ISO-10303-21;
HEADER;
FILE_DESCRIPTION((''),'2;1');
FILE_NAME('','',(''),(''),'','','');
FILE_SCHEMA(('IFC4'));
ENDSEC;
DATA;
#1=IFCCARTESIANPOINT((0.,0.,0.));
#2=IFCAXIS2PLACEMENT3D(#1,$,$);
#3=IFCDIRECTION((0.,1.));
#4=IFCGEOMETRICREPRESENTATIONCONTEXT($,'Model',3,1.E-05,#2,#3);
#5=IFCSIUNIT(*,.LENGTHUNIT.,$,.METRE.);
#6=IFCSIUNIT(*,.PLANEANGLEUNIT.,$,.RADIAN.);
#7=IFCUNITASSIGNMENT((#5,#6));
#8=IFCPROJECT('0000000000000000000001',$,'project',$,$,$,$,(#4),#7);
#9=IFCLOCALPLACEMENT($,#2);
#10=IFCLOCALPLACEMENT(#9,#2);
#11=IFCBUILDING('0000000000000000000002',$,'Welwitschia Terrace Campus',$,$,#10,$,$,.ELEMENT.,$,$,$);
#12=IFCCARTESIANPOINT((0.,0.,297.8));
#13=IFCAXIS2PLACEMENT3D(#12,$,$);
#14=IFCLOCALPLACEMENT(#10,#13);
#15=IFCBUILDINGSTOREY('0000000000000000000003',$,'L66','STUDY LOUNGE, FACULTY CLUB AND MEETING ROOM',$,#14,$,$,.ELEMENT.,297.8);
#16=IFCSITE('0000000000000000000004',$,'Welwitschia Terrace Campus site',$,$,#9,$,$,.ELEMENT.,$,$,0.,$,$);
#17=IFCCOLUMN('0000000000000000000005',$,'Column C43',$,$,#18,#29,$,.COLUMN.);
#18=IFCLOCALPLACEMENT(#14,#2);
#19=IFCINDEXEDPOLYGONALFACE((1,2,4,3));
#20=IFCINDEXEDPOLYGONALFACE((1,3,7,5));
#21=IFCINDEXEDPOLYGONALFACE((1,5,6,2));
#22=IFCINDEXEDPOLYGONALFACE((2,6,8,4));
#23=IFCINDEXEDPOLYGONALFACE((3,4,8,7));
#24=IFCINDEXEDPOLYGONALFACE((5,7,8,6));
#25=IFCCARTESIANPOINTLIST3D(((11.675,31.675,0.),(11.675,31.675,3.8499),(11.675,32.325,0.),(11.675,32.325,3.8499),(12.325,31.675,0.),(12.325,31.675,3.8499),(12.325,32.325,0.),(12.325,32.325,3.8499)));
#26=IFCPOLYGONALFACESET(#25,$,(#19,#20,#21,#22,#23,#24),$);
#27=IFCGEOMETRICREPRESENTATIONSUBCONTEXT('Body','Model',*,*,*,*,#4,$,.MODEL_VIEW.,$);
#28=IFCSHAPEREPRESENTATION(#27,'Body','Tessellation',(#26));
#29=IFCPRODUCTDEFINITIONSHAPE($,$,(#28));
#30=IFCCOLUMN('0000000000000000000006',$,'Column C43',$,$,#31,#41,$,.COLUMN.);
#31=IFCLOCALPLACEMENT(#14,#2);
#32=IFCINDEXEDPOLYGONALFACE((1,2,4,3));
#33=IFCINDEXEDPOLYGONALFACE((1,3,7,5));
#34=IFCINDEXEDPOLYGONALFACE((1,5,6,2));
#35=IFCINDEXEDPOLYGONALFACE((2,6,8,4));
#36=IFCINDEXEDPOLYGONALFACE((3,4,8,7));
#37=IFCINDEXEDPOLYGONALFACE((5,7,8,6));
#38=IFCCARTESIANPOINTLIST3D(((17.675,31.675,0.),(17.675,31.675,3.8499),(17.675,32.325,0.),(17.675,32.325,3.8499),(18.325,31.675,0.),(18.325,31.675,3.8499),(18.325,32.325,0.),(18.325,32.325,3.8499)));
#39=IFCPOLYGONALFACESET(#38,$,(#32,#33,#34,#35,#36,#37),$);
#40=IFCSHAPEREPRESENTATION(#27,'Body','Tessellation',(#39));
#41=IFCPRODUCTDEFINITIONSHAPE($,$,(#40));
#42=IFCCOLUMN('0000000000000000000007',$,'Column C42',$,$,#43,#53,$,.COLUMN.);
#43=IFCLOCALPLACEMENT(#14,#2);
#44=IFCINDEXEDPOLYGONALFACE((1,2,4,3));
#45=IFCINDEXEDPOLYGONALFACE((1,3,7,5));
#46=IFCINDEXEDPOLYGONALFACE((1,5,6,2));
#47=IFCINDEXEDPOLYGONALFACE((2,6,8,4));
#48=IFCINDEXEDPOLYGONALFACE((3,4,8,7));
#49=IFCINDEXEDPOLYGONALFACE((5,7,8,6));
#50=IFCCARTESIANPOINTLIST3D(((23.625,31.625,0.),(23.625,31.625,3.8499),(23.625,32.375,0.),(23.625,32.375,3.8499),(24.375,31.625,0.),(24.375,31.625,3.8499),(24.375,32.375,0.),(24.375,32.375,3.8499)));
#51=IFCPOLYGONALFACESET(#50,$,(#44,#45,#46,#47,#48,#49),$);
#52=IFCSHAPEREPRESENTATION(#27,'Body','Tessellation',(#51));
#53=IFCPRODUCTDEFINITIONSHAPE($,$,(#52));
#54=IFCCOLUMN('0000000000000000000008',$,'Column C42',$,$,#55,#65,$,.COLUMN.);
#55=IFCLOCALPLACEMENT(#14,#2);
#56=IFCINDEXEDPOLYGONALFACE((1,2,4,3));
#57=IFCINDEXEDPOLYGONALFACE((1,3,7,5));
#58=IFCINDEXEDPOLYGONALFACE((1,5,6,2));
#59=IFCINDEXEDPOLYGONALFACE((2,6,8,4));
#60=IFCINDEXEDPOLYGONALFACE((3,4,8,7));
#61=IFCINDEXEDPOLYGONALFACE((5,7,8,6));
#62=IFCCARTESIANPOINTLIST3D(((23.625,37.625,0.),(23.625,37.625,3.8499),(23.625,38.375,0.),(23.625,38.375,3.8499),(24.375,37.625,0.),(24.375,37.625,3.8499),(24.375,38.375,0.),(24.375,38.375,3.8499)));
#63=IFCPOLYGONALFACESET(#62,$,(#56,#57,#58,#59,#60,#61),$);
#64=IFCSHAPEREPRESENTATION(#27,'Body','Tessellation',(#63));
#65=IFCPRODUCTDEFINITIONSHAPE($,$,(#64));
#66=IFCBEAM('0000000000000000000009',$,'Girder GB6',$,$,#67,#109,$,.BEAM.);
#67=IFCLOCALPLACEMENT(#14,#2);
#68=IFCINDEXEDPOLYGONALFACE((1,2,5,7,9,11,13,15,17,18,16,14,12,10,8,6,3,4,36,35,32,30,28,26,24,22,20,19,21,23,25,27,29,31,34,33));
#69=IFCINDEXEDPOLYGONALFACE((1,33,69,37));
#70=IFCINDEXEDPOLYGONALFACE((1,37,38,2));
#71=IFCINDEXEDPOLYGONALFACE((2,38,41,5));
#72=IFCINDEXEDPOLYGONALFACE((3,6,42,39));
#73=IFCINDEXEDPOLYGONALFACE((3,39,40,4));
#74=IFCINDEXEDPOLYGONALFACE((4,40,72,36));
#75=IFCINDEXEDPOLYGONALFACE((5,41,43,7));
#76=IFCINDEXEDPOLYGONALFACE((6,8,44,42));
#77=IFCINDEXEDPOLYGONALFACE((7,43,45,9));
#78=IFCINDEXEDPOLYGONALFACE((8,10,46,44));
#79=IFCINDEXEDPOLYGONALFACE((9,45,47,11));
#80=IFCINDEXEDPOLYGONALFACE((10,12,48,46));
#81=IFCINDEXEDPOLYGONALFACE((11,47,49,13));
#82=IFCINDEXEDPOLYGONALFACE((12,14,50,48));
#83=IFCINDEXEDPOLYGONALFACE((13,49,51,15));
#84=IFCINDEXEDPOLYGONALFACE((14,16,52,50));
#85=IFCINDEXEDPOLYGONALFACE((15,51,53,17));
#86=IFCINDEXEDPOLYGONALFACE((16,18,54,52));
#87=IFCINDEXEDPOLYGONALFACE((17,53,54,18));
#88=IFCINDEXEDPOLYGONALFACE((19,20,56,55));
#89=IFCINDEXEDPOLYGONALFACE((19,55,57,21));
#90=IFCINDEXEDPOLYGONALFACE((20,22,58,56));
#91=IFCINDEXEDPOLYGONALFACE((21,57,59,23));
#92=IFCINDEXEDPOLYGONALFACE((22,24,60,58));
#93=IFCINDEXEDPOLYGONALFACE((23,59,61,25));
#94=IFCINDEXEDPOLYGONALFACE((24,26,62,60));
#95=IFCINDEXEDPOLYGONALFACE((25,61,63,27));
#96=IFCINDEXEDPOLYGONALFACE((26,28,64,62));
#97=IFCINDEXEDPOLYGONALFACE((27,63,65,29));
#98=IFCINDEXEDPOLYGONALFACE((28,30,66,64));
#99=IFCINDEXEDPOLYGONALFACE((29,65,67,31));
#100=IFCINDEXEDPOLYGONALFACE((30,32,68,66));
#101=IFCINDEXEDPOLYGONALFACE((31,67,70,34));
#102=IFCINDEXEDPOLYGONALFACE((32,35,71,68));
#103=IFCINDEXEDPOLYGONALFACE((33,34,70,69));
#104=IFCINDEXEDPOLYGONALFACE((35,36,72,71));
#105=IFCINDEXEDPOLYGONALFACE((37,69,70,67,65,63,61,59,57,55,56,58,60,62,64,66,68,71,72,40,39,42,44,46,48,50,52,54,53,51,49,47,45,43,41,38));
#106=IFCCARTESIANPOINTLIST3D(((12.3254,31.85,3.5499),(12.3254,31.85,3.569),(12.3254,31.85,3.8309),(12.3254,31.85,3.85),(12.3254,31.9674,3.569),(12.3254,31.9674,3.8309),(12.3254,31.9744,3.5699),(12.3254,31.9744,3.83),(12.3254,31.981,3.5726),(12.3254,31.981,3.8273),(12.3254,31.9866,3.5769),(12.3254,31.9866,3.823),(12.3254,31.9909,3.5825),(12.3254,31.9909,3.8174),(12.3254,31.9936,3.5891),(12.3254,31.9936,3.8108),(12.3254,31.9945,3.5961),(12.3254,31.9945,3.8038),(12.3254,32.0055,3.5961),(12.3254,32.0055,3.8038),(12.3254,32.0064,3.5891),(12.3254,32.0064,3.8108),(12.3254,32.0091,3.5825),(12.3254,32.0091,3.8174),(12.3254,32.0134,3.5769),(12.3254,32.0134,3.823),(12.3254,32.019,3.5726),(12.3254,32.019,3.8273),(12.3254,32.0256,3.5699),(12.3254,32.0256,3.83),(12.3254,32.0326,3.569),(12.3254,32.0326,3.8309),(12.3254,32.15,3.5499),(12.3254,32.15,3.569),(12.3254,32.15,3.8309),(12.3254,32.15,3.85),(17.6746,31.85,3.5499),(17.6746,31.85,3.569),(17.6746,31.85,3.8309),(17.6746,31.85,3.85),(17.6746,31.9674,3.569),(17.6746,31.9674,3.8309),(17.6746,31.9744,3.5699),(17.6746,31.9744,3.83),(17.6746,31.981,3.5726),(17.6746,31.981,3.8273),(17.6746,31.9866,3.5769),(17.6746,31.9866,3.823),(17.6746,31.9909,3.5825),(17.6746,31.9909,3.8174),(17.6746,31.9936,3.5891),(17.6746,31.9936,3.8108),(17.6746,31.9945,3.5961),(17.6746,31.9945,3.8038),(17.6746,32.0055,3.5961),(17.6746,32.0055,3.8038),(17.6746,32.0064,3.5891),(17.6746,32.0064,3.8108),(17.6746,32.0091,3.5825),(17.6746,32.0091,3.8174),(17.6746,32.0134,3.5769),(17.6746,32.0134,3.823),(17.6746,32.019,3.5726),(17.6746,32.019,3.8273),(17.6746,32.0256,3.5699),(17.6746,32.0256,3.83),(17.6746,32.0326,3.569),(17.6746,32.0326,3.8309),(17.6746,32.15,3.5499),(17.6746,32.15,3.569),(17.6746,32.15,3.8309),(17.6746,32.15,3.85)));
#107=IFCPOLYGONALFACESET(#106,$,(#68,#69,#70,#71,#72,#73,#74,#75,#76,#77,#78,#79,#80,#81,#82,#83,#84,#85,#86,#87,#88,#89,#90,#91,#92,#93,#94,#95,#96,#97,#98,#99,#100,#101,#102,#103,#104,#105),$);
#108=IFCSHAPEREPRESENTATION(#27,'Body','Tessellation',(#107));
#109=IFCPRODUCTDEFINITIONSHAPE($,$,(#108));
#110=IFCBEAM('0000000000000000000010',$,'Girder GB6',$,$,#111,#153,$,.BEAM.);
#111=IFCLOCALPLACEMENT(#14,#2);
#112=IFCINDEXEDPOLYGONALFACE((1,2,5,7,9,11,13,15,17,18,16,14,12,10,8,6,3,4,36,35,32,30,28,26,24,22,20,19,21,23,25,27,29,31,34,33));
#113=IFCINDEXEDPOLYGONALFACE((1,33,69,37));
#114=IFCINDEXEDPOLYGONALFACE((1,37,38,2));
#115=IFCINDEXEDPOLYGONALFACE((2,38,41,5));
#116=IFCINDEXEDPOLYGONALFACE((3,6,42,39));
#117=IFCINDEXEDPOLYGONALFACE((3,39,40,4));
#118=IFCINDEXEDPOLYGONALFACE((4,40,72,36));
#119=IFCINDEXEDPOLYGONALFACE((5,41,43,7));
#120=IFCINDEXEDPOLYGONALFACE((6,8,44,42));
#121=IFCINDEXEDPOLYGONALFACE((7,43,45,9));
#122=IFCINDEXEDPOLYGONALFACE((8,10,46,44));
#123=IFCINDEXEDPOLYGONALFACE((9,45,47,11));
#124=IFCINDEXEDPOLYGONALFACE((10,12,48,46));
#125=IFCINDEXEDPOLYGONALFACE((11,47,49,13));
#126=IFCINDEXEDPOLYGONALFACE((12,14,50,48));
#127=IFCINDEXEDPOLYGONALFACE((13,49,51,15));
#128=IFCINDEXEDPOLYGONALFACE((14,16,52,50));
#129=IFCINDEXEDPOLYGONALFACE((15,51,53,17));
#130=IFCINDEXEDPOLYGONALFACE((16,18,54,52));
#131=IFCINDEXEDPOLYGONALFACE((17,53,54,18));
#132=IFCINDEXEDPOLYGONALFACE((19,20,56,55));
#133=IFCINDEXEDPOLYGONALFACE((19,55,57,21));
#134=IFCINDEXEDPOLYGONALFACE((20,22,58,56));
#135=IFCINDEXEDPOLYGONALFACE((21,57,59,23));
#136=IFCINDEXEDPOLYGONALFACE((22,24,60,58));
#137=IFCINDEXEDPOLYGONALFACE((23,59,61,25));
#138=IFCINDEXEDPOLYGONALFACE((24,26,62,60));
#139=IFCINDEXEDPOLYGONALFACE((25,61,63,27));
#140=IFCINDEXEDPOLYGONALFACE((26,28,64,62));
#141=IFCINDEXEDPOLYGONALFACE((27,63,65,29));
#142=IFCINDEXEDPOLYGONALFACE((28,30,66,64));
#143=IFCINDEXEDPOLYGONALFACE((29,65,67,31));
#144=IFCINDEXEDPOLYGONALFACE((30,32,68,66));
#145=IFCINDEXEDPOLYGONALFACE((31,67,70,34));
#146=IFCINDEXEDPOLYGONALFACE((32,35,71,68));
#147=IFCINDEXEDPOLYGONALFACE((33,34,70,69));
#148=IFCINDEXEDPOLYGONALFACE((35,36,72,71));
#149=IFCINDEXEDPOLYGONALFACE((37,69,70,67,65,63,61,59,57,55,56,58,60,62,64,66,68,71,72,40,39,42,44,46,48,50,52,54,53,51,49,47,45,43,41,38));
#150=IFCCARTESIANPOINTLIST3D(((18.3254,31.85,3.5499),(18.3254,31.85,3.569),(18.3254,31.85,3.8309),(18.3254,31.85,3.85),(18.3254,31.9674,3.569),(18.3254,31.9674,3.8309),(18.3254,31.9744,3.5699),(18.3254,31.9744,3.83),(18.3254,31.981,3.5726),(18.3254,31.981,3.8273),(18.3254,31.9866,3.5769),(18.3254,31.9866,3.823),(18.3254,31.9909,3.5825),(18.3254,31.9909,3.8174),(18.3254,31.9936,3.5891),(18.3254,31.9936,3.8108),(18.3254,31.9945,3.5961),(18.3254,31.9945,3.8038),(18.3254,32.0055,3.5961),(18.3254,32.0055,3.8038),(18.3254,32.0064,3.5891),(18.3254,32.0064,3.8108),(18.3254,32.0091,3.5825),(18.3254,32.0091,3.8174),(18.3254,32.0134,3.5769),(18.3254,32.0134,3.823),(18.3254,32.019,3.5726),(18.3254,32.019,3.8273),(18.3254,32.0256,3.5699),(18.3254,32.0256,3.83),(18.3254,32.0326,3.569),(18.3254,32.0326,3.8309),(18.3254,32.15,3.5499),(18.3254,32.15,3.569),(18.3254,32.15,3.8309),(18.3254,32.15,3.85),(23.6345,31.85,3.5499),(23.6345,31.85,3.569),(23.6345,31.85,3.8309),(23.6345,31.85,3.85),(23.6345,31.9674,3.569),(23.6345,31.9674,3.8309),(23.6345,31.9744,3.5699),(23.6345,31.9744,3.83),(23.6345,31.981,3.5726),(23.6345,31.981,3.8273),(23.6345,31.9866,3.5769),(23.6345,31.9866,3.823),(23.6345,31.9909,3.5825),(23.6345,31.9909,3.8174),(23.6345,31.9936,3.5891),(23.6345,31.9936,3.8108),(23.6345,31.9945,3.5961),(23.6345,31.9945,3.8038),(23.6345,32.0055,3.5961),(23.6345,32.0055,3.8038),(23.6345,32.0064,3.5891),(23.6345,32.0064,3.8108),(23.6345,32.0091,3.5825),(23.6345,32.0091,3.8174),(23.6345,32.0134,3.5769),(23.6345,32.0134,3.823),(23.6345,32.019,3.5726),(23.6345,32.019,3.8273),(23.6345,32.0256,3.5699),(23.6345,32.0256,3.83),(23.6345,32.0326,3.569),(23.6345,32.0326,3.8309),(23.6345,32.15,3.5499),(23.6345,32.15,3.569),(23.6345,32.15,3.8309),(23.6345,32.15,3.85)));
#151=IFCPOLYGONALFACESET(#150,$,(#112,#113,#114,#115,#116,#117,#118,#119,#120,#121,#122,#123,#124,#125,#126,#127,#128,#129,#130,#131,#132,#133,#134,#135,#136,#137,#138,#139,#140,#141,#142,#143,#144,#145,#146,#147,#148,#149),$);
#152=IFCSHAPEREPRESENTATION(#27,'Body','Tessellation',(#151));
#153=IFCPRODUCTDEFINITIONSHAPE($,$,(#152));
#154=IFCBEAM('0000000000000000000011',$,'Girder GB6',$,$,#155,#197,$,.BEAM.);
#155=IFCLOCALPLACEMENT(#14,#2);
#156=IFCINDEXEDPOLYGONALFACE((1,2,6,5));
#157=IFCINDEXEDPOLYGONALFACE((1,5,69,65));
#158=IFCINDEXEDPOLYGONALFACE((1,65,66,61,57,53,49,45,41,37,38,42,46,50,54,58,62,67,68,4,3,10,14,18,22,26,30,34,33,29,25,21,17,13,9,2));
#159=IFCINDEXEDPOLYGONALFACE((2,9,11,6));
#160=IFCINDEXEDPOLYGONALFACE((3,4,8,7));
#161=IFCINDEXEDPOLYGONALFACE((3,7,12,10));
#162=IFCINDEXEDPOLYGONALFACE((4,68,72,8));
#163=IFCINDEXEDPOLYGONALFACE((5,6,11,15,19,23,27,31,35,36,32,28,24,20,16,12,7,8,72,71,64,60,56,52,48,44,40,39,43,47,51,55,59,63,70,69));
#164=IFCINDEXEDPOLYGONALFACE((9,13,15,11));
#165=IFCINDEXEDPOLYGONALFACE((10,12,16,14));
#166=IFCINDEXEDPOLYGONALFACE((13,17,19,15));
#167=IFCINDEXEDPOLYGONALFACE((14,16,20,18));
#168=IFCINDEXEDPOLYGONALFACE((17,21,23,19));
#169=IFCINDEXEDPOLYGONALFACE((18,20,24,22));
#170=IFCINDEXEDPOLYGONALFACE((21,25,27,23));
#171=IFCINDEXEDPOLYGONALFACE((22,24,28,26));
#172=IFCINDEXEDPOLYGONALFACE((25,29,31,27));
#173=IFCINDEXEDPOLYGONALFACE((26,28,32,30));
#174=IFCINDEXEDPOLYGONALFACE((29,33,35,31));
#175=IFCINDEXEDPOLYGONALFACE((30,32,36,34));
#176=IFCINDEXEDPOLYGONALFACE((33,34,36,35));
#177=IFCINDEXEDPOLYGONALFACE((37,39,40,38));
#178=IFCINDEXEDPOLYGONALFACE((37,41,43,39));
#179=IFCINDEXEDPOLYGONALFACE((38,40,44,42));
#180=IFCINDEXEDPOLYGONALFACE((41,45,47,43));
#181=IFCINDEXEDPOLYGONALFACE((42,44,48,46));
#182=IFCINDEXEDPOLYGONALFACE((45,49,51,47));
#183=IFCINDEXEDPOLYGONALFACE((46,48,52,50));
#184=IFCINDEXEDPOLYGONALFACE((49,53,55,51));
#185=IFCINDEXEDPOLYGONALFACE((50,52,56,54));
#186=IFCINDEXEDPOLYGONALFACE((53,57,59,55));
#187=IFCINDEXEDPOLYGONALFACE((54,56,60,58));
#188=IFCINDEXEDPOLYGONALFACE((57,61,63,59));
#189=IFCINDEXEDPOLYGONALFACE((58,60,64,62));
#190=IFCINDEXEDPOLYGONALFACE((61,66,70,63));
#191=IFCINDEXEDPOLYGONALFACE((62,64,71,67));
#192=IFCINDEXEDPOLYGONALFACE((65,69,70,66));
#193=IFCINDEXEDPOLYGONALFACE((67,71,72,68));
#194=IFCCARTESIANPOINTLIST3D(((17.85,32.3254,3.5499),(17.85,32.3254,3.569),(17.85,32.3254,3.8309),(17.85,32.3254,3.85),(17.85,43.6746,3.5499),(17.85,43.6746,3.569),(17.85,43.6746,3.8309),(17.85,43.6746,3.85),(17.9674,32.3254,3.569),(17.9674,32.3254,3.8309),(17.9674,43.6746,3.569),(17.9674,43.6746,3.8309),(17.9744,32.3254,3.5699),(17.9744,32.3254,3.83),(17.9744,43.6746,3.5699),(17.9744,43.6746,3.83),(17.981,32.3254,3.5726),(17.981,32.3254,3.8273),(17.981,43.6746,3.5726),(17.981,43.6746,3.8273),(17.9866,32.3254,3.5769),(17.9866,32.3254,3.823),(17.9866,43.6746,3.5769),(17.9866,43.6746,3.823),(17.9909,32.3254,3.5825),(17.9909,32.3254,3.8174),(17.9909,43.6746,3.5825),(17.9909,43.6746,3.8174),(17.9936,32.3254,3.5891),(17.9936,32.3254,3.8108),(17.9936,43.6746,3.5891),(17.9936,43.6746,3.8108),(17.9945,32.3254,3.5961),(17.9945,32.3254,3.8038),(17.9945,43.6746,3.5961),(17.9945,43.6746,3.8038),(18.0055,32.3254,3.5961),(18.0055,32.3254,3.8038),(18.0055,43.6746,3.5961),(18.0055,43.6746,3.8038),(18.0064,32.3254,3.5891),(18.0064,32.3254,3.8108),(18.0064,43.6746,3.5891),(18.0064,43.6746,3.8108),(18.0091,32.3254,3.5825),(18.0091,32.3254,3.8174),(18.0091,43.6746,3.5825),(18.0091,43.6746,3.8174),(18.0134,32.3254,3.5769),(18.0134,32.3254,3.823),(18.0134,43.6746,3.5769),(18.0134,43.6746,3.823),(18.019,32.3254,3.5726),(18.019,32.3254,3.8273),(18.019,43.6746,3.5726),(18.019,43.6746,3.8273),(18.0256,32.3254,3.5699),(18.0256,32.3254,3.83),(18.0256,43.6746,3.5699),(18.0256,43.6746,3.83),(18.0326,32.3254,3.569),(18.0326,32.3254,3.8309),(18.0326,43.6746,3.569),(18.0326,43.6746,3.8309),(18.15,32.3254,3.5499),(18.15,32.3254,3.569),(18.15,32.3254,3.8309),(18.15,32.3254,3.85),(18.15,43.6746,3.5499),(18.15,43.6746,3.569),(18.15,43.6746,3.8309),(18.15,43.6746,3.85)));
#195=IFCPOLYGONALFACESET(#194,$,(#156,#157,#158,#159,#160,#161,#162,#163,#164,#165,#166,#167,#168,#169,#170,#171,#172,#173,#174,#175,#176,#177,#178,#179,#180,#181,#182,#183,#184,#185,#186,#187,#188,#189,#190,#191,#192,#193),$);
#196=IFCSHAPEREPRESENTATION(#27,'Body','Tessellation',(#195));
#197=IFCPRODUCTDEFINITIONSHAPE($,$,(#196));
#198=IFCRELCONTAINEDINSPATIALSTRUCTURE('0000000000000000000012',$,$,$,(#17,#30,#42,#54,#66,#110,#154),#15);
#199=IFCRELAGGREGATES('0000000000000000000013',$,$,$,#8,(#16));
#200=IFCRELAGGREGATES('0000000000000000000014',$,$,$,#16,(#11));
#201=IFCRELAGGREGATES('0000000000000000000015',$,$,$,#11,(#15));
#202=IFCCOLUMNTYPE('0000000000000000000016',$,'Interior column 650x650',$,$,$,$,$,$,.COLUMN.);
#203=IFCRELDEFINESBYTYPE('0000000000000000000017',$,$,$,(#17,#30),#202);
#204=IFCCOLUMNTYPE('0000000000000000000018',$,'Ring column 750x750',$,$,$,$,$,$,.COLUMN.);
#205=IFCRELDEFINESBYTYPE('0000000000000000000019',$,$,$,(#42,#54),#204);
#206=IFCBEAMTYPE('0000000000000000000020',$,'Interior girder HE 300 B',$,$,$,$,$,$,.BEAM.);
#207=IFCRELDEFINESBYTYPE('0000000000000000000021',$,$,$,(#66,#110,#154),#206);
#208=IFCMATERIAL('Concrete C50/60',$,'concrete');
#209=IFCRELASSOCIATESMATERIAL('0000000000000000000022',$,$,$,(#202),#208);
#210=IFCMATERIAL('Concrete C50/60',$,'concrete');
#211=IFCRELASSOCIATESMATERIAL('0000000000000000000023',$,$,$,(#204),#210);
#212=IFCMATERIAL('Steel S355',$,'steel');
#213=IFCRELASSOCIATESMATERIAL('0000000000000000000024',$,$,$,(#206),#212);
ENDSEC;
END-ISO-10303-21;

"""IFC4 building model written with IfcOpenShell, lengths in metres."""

from ifc_helpers import new_model, si_unit, direction, frame, origin, origin_2d, place, context, subcontext, project, spatial, rectangle, i_section, extrude, material, material_profile, profile_set, type_object, element, save


model = new_model("IFC4")

# Units and contexts
model_context = context("Model", 3, precision=1e-05, world=origin(), true_north=direction((0.0, 1.0)))
body_context = subcontext(model_context, "Body", "Model", "MODEL_VIEW")
ifc_project = project(units=[si_unit("LENGTHUNIT", "METRE"), si_unit("PLANEANGLEUNIT", "RADIAN")], contexts=[model_context])

# Site, building, storey
site_placement = place(None, origin())
site = spatial("IfcSite", under=ifc_project, at=site_placement, Name="Welwitschia Terrace Campus site", CompositionType="ELEMENT", RefElevation=0.0)
building_placement = place(site_placement, origin())
building = spatial("IfcBuilding", under=site, at=building_placement, Name="Welwitschia Terrace Campus", CompositionType="ELEMENT")
storey_placement = place(building_placement, frame((0.0, 0.0, 297.8)))
storey = spatial("IfcBuildingStorey", under=building, at=storey_placement, Name="L66", Description="STUDY LOUNGE, FACULTY CLUB AND MEETING ROOM", CompositionType="ELEMENT", Elevation=297.8)

# Columns
ifc_material_1 = material(Name="Concrete C50/60", Category="concrete")
ifc_material_profile_1 = material_profile(ifc_material_1, rectangle(XDim=0.6499, YDim=0.6499, at=origin_2d()))
ifc_profile_set_1 = profile_set([ifc_material_profile_1], Name="Concrete C50/60")
column_type_1 = type_object("IfcColumnType", Name="Interior column 650x650", PredefinedType="COLUMN", material=ifc_profile_set_1)
for number, where, z_axis, x_axis, name in (
    (1, (12.0, 32.0, 0.0), (0.0, 0.0, 1.0), (1.0, 0.0, 0.0), "Column C43"),
    (2, (18.0, 32.0, 0.0), (0.0, 0.0, 1.0), (1.0, 0.0, 0.0), "Column C43"),
):
    element("IfcColumn", number, at=place(storey_placement, frame(where, z_axis=z_axis, x_axis=x_axis)), inside=storey, type_object=column_type_1, Name=name, PredefinedType="COLUMN", context=body_context, shape_type="SweptSolid", body=[
        extrude(rectangle(XDim=0.6499, YDim=0.6499, at=origin_2d()), origin(), (0.0, 0.0, 1.0), 3.8499),
    ])
ifc_material_2 = material(Name="Concrete C50/60", Category="concrete")
ifc_material_profile_2 = material_profile(ifc_material_2, rectangle(XDim=0.75, YDim=0.75, at=origin_2d()))
ifc_profile_set_2 = profile_set([ifc_material_profile_2], Name="Concrete C50/60")
column_type_2 = type_object("IfcColumnType", Name="Ring column 750x750", PredefinedType="COLUMN", material=ifc_profile_set_2)
for number, where, z_axis, x_axis, name in (
    (3, (24.0, 32.0, 0.0), (0.0, 0.0, 1.0), (1.0, 0.0, 0.0), "Column C42"),
    (4, (24.0, 38.0, 0.0), (0.0, 0.0, 1.0), (1.0, 0.0, 0.0), "Column C42"),
):
    element("IfcColumn", number, at=place(storey_placement, frame(where, z_axis=z_axis, x_axis=x_axis)), inside=storey, type_object=column_type_2, Name=name, PredefinedType="COLUMN", context=body_context, shape_type="SweptSolid", body=[
        extrude(rectangle(XDim=0.75, YDim=0.75, at=origin_2d()), origin(), (0.0, 0.0, 1.0), 3.8499),
    ])

# Beams
ifc_material_3 = material(Name="Steel S355", Category="steel")
ifc_material_profile_3 = material_profile(ifc_material_3, i_section(OverallWidth=0.3, OverallDepth=0.3, WebThickness=0.011, FlangeThickness=0.019, FilletRadius=0.0271, at=origin_2d()))
ifc_profile_set_3 = profile_set([ifc_material_profile_3], Name="Steel S355")
beam_type_1 = type_object("IfcBeamType", Name="Interior girder HE 300 B", PredefinedType="BEAM", material=ifc_profile_set_3)
beam_1_placement = place(storey_placement, frame((12.3254, 32.0, 3.7), z_axis=(1.0, 0.0, 0.0), x_axis=(0.0, 1.0, 0.0)))
element("IfcBeam", 5, at=beam_1_placement, inside=storey, type_object=beam_type_1, Name="Girder GB6", PredefinedType="BEAM", context=body_context, shape_type="SweptSolid", body=[
    extrude(i_section(OverallWidth=0.3, OverallDepth=0.3, WebThickness=0.011, FlangeThickness=0.019, FilletRadius=0.0271, at=origin_2d()), origin(), (0.0, 0.0, 1.0), 5.3491),
])
beam_2_placement = place(storey_placement, frame((18.3254, 32.0, 3.7), z_axis=(1.0, 0.0, 0.0), x_axis=(0.0, 1.0, 0.0)))
element("IfcBeam", 6, at=beam_2_placement, inside=storey, type_object=beam_type_1, Name="Girder GB6", PredefinedType="BEAM", context=body_context, shape_type="SweptSolid", body=[
    extrude(i_section(OverallWidth=0.3, OverallDepth=0.3, WebThickness=0.011, FlangeThickness=0.019, FilletRadius=0.0271, at=origin_2d()), origin(), (0.0, 0.0, 1.0), 5.3091),
])
beam_3_placement = place(storey_placement, frame((18.0, 32.3254, 3.7), z_axis=(0.0, 1.0, 0.0), x_axis=(-1.0, 0.0, 0.0)))
element("IfcBeam", 7, at=beam_3_placement, inside=storey, type_object=beam_type_1, Name="Girder GB6", PredefinedType="BEAM", context=body_context, shape_type="SweptSolid", body=[
    extrude(i_section(OverallWidth=0.3, OverallDepth=0.3, WebThickness=0.011, FlangeThickness=0.019, FilletRadius=0.0271, at=origin_2d()), origin(), (0.0, 0.0, 1.0), 11.3491),
])

save(model, "model.ifc")
